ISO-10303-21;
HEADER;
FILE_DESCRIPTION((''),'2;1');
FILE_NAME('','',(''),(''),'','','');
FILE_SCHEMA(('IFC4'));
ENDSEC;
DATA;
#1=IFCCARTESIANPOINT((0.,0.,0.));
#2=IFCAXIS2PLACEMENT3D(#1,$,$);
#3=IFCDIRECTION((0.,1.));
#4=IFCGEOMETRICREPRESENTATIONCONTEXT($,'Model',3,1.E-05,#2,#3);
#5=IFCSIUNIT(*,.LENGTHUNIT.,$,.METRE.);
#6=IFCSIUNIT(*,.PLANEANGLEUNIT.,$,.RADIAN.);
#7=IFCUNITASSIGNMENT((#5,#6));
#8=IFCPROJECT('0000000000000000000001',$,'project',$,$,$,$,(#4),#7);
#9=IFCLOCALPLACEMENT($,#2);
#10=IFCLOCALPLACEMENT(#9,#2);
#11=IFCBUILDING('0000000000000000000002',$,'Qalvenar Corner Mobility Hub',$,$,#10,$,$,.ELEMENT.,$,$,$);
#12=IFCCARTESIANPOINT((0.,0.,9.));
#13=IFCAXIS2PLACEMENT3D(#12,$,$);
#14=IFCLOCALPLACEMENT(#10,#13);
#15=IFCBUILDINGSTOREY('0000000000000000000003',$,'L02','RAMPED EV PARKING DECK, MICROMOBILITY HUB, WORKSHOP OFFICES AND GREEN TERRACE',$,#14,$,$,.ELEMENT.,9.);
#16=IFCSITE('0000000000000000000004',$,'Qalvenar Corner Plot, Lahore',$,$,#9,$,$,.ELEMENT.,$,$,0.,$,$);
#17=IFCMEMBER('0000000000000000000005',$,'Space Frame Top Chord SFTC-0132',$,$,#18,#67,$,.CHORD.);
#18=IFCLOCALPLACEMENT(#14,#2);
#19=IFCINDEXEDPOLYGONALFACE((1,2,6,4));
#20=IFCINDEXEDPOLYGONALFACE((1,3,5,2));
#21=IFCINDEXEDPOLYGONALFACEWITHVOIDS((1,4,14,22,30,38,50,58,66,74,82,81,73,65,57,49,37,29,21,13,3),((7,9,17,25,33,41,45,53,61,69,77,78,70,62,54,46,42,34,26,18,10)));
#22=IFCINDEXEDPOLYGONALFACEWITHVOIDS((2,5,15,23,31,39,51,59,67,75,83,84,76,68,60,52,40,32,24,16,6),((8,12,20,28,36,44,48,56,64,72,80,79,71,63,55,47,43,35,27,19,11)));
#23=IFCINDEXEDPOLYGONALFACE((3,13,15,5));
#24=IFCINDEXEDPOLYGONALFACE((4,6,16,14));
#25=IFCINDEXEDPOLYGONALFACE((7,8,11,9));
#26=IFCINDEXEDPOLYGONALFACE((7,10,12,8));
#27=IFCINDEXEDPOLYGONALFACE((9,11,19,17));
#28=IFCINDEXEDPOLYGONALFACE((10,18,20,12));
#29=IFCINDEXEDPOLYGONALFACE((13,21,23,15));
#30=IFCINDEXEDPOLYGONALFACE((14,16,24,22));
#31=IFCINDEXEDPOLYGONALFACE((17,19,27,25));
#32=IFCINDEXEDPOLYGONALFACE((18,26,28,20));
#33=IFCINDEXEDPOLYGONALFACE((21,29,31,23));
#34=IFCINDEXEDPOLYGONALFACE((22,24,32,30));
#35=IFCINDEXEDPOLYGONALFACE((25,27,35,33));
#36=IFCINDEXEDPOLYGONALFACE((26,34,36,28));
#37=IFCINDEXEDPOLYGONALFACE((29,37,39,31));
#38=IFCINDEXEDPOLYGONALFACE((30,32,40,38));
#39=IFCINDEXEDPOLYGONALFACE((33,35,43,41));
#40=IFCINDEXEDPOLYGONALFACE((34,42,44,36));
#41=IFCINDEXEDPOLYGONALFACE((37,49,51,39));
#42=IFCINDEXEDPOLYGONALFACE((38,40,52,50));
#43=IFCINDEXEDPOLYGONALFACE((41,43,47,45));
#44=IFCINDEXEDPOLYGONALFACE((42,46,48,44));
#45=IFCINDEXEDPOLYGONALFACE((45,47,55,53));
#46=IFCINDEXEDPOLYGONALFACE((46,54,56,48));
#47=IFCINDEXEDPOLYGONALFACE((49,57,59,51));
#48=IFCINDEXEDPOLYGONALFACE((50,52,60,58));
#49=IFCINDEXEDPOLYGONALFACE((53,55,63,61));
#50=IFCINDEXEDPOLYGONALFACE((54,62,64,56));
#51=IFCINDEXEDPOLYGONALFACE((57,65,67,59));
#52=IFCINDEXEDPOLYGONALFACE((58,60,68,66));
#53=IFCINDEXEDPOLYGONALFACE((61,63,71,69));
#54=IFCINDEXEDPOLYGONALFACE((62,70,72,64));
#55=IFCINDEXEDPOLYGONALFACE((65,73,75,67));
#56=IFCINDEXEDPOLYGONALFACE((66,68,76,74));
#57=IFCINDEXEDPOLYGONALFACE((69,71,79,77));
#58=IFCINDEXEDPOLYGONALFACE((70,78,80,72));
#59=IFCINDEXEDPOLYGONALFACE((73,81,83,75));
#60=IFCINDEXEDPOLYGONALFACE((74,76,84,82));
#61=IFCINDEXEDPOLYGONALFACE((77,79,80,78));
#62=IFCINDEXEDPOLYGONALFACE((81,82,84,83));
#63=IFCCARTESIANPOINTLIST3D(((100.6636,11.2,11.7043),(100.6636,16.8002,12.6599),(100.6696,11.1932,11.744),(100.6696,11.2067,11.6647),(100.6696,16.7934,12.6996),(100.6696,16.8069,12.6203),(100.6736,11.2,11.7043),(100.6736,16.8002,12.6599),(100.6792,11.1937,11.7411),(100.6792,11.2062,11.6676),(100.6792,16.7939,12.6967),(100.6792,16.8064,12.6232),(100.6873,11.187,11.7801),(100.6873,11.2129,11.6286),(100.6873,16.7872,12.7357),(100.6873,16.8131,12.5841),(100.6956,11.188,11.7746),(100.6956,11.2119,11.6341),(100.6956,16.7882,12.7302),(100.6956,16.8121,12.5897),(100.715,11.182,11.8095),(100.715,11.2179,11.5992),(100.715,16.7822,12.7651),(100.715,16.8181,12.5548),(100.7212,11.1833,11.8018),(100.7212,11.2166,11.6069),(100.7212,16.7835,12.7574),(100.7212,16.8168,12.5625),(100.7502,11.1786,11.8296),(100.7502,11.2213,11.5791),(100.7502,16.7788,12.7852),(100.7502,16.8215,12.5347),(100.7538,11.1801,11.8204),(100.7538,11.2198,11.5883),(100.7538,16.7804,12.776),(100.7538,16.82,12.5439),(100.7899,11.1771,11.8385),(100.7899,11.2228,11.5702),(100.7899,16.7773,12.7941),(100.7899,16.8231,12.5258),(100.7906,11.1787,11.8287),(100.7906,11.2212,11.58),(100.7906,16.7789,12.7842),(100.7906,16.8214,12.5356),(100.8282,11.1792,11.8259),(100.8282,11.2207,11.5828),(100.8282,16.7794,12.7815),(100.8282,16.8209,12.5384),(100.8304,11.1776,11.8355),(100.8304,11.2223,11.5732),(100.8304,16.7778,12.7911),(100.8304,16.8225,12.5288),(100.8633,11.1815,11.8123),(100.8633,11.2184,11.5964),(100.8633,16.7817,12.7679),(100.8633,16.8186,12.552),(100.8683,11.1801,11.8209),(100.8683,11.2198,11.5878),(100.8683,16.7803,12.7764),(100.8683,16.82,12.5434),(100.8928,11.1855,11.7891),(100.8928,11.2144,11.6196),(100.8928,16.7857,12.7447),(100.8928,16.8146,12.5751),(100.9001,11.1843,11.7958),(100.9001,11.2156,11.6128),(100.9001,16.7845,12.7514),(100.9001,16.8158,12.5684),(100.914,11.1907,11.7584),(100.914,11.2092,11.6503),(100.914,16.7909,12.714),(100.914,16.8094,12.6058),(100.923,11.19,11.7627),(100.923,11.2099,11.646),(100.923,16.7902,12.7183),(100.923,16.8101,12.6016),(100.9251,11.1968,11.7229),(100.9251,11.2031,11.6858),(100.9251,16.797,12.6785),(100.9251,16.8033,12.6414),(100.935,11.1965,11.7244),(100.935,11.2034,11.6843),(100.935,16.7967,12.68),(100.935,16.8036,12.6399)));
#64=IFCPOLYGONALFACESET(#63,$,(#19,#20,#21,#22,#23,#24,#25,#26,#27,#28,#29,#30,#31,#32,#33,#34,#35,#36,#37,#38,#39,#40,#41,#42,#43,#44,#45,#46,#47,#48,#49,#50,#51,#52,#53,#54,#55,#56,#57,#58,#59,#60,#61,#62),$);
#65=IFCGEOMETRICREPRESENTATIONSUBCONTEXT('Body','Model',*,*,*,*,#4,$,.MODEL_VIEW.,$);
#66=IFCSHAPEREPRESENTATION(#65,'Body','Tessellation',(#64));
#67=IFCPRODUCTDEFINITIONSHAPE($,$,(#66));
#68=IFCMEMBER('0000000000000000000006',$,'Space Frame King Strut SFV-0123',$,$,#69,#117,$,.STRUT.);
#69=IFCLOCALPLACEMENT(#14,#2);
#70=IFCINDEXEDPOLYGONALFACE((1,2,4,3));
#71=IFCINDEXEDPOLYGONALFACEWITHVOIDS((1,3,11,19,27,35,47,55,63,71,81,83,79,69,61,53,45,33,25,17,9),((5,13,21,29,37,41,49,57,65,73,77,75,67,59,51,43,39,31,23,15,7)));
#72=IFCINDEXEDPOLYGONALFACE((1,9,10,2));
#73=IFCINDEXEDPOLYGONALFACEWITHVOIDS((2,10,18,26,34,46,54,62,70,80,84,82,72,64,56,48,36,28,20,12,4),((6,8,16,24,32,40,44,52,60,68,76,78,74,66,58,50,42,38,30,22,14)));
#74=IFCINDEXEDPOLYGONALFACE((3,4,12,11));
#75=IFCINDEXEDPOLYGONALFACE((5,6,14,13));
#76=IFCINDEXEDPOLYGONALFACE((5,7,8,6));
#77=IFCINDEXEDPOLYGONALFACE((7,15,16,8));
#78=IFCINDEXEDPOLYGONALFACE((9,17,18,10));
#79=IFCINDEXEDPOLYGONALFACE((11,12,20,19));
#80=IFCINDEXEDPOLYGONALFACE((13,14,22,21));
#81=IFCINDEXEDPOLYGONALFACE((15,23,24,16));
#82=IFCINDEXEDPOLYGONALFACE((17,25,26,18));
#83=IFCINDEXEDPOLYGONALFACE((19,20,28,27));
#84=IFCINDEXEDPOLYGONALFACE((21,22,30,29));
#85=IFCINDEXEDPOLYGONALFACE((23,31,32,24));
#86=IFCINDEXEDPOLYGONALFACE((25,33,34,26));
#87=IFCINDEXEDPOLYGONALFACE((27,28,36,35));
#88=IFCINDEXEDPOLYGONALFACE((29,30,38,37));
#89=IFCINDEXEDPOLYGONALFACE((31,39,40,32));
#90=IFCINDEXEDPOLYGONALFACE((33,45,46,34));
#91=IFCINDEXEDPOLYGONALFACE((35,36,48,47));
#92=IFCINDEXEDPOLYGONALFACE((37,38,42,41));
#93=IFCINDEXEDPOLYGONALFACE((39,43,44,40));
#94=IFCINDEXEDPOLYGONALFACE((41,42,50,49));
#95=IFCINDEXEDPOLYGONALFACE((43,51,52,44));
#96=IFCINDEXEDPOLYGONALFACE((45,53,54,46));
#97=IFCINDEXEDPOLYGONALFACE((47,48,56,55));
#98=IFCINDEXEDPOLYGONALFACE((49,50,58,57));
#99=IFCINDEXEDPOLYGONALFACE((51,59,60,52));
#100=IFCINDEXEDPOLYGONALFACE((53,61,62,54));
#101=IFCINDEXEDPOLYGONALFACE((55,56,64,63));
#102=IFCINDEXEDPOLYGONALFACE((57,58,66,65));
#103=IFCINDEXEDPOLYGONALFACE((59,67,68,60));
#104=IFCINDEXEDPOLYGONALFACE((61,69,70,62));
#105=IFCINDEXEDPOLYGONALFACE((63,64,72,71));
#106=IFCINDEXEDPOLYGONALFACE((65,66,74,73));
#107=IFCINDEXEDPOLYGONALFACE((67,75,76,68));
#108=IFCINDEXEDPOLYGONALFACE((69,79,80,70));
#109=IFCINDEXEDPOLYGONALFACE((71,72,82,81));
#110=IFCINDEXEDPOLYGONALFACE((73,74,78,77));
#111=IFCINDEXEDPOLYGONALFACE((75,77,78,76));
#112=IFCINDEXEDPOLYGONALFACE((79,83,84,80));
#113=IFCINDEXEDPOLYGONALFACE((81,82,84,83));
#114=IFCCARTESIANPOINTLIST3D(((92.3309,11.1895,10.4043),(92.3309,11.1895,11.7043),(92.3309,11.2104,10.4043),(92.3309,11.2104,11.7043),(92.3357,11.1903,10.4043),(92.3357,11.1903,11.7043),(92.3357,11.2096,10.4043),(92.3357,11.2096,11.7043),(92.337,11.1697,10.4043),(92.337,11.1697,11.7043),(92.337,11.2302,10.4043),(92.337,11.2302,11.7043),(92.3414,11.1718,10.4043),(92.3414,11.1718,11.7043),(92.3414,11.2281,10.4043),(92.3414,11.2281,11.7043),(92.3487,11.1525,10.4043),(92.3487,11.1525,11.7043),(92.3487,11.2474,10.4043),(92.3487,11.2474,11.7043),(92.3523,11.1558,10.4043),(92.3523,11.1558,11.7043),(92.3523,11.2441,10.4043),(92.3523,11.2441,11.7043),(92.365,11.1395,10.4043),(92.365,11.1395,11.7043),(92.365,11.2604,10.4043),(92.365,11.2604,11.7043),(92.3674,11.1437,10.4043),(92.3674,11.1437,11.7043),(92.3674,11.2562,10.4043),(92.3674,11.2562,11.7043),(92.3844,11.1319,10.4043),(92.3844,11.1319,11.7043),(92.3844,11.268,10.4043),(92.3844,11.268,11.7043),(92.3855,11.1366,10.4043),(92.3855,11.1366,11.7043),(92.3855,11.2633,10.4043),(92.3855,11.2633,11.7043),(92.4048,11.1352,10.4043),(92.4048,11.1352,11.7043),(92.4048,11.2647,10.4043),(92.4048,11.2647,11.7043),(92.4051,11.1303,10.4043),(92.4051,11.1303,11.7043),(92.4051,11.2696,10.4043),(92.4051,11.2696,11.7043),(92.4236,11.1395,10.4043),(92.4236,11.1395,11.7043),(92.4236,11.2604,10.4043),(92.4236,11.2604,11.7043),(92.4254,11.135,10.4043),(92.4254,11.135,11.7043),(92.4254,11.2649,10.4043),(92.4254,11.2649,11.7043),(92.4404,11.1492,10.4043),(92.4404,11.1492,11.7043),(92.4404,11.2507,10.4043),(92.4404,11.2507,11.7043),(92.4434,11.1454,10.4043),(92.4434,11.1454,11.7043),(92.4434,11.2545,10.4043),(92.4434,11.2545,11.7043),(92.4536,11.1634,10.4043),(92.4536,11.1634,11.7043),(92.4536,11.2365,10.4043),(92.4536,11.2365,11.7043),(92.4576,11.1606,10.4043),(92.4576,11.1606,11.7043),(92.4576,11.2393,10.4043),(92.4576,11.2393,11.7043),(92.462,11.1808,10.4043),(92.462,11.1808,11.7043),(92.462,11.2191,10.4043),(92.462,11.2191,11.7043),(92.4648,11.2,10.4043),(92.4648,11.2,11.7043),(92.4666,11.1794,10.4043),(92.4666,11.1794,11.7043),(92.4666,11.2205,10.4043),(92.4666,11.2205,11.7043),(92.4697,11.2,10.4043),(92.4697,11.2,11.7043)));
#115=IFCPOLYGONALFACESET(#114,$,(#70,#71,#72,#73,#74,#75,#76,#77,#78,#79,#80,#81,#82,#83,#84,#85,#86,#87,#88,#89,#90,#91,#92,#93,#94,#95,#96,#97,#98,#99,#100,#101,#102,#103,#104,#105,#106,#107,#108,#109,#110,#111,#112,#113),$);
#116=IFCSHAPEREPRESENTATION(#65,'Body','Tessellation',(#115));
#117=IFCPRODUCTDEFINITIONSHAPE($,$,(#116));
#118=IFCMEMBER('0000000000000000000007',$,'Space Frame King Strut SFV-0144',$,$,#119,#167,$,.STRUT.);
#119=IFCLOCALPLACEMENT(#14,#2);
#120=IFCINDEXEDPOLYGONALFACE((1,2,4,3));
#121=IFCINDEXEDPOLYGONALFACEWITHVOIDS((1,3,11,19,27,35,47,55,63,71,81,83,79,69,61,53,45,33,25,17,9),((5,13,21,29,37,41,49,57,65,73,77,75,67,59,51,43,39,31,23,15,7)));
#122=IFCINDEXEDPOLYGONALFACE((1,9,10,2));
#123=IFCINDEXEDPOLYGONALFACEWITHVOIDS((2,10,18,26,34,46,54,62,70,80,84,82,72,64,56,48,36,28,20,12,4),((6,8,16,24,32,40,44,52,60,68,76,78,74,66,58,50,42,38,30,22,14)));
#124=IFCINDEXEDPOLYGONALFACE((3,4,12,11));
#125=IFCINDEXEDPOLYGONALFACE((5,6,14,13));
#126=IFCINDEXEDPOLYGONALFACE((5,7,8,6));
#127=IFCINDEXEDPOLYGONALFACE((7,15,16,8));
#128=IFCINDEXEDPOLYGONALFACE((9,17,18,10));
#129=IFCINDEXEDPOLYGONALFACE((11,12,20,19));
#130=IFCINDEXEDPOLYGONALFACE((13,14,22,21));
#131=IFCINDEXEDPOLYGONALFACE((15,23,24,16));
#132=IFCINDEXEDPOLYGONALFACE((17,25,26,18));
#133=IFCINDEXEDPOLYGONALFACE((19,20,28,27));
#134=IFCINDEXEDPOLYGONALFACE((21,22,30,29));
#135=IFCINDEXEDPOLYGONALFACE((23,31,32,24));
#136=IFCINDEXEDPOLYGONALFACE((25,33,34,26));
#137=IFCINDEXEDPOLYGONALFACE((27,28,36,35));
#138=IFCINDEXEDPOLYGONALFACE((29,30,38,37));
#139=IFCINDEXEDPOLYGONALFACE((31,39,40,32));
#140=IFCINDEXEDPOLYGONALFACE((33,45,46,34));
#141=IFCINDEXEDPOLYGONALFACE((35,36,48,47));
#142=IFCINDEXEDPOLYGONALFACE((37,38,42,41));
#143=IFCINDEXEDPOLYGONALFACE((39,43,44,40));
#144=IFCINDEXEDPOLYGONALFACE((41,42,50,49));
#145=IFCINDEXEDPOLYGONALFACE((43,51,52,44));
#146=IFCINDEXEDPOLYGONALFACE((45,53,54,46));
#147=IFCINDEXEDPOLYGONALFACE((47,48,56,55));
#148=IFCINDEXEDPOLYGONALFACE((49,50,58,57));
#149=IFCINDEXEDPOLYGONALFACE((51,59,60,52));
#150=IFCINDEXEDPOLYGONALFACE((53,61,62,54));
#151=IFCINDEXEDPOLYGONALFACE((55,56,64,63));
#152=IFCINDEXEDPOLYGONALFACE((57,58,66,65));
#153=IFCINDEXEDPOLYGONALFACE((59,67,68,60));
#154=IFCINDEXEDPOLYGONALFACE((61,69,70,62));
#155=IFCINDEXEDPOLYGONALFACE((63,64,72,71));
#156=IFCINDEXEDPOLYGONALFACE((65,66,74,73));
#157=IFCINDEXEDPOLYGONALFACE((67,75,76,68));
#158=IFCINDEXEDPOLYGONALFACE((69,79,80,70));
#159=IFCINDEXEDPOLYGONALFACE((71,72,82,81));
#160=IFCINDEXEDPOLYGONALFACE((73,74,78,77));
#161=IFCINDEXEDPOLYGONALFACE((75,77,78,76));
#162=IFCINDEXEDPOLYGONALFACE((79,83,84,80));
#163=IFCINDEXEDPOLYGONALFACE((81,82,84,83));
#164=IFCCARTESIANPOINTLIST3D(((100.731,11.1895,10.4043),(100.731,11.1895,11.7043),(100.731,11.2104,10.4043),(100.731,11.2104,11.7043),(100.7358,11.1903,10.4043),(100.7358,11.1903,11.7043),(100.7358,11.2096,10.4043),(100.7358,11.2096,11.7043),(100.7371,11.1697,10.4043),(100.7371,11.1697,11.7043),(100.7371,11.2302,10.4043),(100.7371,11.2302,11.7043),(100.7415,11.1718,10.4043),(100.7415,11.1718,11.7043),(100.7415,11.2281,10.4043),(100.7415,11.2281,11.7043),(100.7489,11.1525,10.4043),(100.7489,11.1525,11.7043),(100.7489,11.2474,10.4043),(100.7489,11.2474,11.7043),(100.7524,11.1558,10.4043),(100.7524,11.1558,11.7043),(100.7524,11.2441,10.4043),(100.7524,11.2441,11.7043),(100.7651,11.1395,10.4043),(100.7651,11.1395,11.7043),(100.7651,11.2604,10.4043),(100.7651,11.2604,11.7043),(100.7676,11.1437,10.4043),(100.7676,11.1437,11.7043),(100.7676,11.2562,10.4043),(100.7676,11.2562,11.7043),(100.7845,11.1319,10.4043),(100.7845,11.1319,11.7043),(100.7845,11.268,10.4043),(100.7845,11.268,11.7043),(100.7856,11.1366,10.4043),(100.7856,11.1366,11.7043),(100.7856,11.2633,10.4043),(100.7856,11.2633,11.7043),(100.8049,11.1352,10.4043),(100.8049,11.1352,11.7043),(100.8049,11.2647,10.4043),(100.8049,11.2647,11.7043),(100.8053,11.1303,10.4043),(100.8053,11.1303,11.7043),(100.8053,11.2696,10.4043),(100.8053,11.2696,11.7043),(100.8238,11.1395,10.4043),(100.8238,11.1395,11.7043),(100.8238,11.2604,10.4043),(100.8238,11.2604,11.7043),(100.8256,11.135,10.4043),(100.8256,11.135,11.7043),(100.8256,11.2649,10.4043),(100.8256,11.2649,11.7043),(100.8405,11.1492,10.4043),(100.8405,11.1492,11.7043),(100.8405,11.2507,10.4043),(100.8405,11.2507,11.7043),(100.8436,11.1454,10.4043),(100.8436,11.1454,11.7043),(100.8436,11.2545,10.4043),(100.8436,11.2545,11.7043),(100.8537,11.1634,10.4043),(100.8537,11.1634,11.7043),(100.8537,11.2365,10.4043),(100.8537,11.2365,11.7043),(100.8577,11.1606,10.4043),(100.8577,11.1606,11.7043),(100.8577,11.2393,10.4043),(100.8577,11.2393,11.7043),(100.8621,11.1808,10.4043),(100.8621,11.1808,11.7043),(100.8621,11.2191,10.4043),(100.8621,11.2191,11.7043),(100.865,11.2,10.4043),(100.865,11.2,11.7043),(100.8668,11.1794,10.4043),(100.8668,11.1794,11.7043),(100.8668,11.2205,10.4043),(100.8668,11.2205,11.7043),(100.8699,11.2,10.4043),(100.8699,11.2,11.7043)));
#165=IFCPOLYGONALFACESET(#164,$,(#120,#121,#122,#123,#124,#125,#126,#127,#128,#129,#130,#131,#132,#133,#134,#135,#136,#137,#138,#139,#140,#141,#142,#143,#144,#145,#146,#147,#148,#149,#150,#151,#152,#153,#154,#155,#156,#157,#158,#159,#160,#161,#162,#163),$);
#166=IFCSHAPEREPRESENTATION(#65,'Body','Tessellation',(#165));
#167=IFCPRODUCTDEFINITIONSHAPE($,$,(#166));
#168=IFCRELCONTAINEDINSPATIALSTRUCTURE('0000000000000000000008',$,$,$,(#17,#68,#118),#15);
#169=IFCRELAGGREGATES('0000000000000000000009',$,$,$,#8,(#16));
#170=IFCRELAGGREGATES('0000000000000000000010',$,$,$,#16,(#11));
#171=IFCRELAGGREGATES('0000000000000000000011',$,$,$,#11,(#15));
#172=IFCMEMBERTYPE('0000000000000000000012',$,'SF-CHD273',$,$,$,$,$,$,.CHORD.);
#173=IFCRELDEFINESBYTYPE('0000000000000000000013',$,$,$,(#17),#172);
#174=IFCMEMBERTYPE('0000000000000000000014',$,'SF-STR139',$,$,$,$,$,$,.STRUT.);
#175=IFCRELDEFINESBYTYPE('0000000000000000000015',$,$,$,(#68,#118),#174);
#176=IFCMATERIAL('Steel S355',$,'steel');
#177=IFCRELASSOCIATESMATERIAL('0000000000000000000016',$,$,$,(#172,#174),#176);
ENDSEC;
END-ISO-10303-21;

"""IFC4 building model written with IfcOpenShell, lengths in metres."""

from ifc_helpers import new_model, si_unit, direction, frame, origin, origin_2d, place, context, subcontext, project, spatial, hollow_circle, extrude, material, material_profile, profile_set, type_object, element, save


model = new_model("IFC4")

# Units and contexts
model_context = context("Model", 3, precision=1e-05, world=origin(), true_north=direction((0.0, 1.0)))
body_context = subcontext(model_context, "Body", "Model", "MODEL_VIEW")
ifc_project = project(units=[si_unit("LENGTHUNIT", "METRE"), si_unit("PLANEANGLEUNIT", "RADIAN")], contexts=[model_context])

# Site, building, storey
site_placement = place(None, origin())
site = spatial("IfcSite", under=ifc_project, at=site_placement, Name="Qalvenar Corner Plot, Lahore", CompositionType="ELEMENT", RefElevation=0.0)
building_placement = place(site_placement, origin())
building = spatial("IfcBuilding", under=site, at=building_placement, Name="Qalvenar Corner Mobility Hub", CompositionType="ELEMENT")
storey_placement = place(building_placement, frame((0.0, 0.0, 9.0)))
storey = spatial("IfcBuildingStorey", under=building, at=storey_placement, Name="L02", Description="RAMPED EV PARKING DECK, MICROMOBILITY HUB, WORKSHOP OFFICES AND GREEN TERRACE", CompositionType="ELEMENT", Elevation=9.0)

# Members
ifc_material_1 = material(Name="Steel S355", Category="steel")
ifc_material_profile_1 = material_profile(ifc_material_1, hollow_circle(Radius=0.1365, WallThickness=0.01, at=origin_2d()), Name="CHS273x10")
ifc_profile_set_1 = profile_set([ifc_material_profile_1], Name="Steel S355")
member_type_1 = type_object("IfcMemberType", Name="SF-CHD273", PredefinedType="CHORD", material=ifc_profile_set_1)
member_1_placement = place(storey_placement, frame((100.8, 11.2, 11.7043), z_axis=(0.0, 0.985752, 0.168203), x_axis=(-1.0, 0.0, 0.0)))
element("IfcMember", 1, at=member_1_placement, inside=storey, type_object=member_type_1, Name="Space Frame Top Chord SFTC-0132", PredefinedType="CHORD", context=body_context, shape_type="SweptSolid", body=[
    extrude(hollow_circle(Radius=0.1365, WallThickness=0.01, at=origin_2d()), origin(), (0.0, 0.0, 1.0), 5.6812),
])
ifc_material_profile_2 = material_profile(ifc_material_1, hollow_circle(Radius=0.0698, WallThickness=0.0049, at=origin_2d()), Name="CHS139.7x5")
ifc_profile_set_2 = profile_set([ifc_material_profile_2], Name="Steel S355")
member_type_2 = type_object("IfcMemberType", Name="SF-STR139", PredefinedType="STRUT", material=ifc_profile_set_2)
for number, where, z_axis, x_axis, name in (
    (2, (92.3999, 11.2, 10.4043), (0.0, 0.0, 1.0), (1.0, 0.0, 0.0), "Space Frame King Strut SFV-0123"),
    (3, (100.8, 11.2, 10.4043), (0.0, 0.0, 1.0), (1.0, 0.0, 0.0), "Space Frame King Strut SFV-0144"),
):
    element("IfcMember", number, at=place(storey_placement, frame(where, z_axis=z_axis, x_axis=x_axis)), inside=storey, type_object=member_type_2, Name=name, PredefinedType="STRUT", context=body_context, shape_type="SweptSolid", body=[
        extrude(hollow_circle(Radius=0.0698, WallThickness=0.0049, at=origin_2d()), origin(), (0.0, 0.0, 1.0), 1.3),
    ])

save(model, "model.ifc")
